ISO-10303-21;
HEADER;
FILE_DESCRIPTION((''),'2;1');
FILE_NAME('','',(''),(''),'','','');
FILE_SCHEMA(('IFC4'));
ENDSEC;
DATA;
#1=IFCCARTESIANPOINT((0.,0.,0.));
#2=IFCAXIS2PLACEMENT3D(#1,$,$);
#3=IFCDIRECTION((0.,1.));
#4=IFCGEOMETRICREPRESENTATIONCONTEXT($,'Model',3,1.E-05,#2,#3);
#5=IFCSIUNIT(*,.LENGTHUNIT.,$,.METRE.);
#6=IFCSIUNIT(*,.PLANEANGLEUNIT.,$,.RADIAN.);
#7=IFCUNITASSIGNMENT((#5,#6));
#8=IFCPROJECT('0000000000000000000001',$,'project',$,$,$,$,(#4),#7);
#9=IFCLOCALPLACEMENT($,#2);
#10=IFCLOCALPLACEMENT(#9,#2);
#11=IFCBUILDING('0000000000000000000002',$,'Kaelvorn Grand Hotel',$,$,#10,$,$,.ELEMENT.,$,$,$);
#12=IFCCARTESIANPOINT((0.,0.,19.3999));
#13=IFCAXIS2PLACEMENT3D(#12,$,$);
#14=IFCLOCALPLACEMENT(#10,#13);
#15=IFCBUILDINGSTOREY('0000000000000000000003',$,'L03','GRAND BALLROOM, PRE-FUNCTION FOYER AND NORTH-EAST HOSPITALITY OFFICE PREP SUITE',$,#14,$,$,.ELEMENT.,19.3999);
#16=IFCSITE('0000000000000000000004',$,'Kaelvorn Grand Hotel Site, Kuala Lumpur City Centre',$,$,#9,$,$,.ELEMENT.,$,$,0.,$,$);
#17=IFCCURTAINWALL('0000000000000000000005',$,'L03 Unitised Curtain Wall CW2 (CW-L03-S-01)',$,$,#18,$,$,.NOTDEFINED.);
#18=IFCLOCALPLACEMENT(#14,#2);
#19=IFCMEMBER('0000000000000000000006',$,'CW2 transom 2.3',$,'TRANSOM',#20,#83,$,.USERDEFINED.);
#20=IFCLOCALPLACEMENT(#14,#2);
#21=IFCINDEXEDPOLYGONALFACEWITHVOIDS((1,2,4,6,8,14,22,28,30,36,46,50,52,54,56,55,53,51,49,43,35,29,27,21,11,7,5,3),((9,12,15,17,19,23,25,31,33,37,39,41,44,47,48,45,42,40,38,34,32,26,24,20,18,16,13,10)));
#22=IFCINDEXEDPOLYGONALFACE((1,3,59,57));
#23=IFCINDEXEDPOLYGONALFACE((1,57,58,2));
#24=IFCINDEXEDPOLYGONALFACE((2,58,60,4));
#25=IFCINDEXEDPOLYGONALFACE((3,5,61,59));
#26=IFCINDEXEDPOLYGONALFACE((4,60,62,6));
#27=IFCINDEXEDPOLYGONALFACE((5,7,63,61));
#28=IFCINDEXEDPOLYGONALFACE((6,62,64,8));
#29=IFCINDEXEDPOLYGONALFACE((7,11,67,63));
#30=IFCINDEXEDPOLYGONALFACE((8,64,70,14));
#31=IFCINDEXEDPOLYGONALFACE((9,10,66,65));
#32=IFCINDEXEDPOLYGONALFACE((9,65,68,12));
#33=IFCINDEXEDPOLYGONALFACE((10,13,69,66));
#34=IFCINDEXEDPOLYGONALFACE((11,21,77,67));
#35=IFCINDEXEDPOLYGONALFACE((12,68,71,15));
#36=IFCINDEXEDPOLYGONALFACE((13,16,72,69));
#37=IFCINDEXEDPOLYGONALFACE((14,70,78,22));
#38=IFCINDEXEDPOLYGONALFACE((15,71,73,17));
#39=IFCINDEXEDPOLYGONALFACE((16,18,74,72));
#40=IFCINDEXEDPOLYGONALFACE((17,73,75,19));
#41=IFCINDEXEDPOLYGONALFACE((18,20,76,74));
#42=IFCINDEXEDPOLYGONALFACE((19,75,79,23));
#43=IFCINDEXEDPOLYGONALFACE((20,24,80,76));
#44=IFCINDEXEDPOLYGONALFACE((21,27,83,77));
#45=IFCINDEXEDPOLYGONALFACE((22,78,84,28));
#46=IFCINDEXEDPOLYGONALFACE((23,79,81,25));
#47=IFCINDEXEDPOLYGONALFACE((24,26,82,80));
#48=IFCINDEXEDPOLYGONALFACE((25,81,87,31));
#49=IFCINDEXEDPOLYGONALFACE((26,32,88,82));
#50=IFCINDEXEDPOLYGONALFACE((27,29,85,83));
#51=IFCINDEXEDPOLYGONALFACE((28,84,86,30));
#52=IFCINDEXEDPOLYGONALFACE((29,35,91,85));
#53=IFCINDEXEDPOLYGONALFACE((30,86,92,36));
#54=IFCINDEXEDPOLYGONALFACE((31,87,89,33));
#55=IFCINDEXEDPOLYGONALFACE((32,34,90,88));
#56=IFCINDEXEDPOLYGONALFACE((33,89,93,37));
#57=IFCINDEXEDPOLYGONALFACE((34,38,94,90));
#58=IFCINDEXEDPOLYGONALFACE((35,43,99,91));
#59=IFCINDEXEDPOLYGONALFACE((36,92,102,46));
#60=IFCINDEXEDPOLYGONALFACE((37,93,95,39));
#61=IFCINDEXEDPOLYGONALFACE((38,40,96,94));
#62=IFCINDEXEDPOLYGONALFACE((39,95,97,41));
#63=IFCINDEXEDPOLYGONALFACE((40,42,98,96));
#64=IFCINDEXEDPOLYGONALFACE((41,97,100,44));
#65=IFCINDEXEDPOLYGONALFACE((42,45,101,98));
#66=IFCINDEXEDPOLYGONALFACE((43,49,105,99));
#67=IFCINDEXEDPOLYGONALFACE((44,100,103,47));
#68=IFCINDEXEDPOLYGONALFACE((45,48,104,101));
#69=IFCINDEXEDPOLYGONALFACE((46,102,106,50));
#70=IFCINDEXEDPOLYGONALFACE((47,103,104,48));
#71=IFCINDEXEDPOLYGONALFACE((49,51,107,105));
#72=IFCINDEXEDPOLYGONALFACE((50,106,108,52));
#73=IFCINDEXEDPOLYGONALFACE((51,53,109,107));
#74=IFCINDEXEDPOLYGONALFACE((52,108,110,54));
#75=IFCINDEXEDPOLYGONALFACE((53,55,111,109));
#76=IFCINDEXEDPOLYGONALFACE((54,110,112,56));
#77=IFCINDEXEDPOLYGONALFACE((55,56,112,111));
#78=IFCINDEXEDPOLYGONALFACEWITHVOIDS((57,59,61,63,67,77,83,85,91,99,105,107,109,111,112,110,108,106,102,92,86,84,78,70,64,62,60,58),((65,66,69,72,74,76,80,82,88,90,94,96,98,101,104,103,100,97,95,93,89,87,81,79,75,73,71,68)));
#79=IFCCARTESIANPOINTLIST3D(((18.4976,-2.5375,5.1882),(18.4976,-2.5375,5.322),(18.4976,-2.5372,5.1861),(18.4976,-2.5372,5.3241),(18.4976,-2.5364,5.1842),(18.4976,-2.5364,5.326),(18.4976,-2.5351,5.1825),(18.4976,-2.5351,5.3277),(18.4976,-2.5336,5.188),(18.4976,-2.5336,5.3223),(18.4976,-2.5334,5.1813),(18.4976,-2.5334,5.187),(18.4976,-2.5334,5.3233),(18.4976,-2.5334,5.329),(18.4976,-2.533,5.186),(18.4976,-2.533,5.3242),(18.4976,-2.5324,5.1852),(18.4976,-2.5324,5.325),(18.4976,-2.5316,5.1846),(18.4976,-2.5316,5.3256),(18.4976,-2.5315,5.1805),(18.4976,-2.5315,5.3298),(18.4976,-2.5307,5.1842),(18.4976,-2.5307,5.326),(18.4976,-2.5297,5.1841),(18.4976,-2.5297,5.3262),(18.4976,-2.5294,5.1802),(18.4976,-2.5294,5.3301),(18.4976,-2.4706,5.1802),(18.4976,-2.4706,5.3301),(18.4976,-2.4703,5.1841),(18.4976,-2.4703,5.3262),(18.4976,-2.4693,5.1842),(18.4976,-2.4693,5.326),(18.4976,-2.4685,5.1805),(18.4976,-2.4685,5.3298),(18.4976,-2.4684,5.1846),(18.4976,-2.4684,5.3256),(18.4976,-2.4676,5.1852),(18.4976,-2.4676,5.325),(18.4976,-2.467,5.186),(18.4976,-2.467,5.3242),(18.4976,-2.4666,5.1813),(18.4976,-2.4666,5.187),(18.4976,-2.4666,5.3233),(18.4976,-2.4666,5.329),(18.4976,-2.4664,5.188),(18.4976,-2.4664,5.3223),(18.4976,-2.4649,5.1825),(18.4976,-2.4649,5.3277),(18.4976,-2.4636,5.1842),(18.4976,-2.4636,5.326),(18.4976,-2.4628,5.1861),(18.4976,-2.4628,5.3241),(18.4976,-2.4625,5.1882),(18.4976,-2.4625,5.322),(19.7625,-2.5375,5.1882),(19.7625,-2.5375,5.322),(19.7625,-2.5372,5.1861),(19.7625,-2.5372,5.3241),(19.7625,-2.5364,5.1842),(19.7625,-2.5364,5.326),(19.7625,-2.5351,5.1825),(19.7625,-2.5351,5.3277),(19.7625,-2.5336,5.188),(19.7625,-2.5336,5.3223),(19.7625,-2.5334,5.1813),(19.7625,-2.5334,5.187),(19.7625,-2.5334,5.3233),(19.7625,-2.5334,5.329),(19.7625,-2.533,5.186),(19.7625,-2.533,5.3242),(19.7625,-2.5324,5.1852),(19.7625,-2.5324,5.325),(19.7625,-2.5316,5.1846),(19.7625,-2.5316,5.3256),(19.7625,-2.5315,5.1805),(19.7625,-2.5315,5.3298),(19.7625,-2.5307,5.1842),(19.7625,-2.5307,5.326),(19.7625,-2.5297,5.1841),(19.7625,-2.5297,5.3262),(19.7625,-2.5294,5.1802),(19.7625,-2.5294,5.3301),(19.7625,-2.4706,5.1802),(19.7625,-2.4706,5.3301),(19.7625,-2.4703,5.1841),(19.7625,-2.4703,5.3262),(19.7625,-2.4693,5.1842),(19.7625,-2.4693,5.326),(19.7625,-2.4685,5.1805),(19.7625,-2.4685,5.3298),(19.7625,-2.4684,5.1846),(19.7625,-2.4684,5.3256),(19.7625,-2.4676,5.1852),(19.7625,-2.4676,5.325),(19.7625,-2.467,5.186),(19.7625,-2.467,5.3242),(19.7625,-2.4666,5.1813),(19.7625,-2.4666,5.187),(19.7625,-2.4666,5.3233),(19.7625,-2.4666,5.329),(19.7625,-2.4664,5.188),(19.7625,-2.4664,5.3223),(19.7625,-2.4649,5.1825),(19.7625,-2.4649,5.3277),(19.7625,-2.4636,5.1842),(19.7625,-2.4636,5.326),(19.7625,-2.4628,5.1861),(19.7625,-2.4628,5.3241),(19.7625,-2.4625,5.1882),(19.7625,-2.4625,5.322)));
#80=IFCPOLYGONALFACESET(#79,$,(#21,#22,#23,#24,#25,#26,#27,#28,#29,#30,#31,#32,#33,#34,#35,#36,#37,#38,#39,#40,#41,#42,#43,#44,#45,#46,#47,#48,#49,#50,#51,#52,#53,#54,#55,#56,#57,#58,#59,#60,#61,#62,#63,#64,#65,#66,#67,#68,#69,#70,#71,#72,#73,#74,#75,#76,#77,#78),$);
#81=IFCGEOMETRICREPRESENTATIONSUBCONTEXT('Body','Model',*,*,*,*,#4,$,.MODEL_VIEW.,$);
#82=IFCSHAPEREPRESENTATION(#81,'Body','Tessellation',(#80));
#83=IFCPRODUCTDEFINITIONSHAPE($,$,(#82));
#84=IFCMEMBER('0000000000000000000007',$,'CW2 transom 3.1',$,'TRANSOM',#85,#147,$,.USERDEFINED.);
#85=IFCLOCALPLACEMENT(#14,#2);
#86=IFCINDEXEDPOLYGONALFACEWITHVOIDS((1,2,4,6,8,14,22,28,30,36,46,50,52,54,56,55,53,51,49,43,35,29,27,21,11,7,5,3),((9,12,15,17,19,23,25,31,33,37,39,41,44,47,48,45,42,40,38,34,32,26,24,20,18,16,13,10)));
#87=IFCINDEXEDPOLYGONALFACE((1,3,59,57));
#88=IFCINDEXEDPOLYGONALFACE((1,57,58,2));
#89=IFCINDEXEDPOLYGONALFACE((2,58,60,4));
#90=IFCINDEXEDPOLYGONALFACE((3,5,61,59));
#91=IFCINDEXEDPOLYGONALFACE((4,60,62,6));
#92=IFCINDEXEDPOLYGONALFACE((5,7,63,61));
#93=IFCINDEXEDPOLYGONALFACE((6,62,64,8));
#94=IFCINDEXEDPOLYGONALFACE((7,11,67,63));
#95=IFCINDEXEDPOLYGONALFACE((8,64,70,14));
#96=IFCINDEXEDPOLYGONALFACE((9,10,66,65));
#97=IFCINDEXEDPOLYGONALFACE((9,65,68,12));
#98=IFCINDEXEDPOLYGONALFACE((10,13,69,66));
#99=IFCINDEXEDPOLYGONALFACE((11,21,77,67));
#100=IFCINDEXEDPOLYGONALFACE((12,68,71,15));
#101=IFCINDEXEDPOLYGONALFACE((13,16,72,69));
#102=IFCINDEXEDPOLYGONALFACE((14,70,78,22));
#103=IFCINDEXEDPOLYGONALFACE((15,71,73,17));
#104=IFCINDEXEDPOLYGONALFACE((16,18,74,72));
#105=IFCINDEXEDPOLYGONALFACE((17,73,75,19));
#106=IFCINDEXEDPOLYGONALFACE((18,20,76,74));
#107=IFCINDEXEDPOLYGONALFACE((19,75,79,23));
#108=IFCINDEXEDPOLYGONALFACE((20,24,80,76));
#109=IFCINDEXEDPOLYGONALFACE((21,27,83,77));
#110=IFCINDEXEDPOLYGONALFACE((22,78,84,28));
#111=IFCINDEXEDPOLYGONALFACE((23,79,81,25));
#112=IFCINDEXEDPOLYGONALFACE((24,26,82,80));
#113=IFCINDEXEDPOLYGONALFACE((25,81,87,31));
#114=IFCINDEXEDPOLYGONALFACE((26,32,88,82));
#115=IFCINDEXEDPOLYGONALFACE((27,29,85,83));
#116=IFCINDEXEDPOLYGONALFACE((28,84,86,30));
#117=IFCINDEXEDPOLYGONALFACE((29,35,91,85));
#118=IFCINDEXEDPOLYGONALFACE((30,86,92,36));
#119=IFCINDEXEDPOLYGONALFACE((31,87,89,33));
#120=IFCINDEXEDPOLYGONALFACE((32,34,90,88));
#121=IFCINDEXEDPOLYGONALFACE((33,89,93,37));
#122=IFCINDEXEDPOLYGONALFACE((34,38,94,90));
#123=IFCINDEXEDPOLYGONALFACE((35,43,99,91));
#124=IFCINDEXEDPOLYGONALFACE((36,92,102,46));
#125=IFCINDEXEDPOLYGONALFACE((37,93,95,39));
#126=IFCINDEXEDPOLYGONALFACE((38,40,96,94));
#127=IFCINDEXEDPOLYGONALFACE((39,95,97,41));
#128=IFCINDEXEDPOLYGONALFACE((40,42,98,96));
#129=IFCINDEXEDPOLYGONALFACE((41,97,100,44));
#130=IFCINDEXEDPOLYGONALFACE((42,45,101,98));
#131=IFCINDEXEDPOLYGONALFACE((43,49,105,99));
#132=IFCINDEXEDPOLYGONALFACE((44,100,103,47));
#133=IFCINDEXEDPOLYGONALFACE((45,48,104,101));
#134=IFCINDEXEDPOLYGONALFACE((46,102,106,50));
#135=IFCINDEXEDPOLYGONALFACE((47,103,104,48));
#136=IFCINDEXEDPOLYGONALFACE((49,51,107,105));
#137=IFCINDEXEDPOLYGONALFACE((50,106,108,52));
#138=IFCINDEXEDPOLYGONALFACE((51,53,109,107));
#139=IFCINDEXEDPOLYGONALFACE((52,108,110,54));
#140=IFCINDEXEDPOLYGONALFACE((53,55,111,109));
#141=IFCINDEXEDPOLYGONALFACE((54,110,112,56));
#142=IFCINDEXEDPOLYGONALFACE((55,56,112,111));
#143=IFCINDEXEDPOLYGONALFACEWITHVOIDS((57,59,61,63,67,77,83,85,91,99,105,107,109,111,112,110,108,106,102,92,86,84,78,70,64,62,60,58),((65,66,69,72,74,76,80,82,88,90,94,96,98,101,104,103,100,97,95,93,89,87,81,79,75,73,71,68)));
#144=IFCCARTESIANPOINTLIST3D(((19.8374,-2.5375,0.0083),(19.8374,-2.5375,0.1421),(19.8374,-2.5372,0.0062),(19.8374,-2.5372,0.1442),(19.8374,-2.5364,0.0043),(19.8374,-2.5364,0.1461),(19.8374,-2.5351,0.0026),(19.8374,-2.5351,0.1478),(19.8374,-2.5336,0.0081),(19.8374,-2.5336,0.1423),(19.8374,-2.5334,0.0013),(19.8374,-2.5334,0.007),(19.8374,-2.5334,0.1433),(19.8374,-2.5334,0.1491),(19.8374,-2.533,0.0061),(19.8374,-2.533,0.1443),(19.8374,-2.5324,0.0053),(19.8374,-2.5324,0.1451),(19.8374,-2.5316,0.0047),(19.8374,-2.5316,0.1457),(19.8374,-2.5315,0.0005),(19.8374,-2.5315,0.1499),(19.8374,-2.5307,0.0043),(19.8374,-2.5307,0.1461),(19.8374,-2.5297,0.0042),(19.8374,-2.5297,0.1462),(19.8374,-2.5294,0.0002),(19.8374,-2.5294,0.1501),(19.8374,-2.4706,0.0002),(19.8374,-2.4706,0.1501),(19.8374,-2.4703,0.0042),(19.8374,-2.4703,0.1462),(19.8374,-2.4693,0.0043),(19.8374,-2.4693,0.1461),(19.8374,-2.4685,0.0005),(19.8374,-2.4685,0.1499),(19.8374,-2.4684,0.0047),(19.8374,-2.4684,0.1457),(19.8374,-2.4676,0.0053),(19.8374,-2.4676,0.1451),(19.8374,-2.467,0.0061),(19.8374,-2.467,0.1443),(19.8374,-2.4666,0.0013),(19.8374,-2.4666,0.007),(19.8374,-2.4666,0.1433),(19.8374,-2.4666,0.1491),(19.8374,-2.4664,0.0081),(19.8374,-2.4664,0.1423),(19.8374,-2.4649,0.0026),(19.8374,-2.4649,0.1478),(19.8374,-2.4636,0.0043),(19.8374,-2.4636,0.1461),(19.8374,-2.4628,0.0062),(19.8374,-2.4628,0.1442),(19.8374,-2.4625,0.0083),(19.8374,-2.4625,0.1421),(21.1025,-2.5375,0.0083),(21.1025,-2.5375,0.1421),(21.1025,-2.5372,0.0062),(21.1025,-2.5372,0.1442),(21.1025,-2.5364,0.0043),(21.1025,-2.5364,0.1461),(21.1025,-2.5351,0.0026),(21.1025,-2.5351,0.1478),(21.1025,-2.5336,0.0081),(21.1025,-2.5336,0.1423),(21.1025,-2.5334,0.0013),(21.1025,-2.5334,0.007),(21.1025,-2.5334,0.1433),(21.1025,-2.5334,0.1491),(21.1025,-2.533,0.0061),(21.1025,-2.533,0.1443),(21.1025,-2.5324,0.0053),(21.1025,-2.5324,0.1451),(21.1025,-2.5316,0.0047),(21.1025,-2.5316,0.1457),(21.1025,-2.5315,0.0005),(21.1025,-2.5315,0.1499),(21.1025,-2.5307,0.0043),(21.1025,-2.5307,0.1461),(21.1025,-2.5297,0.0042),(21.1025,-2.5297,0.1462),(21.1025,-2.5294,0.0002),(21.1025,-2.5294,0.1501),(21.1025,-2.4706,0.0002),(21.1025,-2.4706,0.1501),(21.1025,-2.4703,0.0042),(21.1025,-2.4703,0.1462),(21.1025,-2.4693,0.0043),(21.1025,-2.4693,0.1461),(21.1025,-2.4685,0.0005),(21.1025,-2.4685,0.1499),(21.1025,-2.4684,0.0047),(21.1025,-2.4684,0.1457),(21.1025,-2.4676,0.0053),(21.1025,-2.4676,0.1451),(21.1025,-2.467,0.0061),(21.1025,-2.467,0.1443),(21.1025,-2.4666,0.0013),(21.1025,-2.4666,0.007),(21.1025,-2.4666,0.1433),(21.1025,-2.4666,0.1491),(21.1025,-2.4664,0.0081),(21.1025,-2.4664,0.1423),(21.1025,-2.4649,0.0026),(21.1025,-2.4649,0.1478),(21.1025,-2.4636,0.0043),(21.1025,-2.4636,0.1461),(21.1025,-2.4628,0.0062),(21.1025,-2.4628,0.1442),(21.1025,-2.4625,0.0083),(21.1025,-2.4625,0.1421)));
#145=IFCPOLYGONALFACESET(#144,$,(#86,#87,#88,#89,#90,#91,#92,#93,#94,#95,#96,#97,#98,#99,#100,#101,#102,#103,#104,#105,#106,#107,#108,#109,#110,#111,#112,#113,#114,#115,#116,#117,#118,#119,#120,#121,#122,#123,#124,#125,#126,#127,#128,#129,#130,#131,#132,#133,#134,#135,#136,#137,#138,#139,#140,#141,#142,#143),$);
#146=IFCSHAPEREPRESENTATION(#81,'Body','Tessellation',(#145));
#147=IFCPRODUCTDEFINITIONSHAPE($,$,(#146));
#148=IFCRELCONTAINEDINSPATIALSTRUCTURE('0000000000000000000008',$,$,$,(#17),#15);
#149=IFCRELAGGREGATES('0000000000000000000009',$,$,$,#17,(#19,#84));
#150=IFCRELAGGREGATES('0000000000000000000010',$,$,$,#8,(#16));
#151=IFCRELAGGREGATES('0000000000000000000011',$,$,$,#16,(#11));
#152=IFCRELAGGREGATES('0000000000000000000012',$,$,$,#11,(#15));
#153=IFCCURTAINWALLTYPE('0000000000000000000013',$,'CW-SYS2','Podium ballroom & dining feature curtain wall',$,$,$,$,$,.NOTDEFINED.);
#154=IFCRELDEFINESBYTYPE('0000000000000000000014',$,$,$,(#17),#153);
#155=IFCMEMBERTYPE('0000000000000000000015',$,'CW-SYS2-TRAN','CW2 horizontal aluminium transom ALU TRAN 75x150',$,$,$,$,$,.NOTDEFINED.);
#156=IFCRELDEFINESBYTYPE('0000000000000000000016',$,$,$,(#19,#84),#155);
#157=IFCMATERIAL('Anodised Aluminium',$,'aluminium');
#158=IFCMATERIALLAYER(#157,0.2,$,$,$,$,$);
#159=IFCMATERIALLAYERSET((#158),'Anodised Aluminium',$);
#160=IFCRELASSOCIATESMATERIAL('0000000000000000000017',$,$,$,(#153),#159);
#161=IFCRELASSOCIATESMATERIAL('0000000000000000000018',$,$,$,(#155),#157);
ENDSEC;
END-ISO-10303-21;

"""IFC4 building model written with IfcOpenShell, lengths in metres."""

from ifc_helpers import new_model, si_unit, direction, frame, origin, origin_2d, place, context, subcontext, project, spatial, hollow_rectangle, extrude, material, layer, layer_set, material_profile, profile_set, type_object, element, aggregate, save


model = new_model("IFC4")

# Units and contexts
model_context = context("Model", 3, precision=1e-05, world=origin(), true_north=direction((0.0, 1.0)))
body_context = subcontext(model_context, "Body", "Model", "MODEL_VIEW")
ifc_project = project(units=[si_unit("LENGTHUNIT", "METRE"), si_unit("PLANEANGLEUNIT", "RADIAN")], contexts=[model_context])

# Site, building, storey
site_placement = place(None, origin())
site = spatial("IfcSite", under=ifc_project, at=site_placement, Name="Kaelvorn Grand Hotel Site, Kuala Lumpur City Centre", CompositionType="ELEMENT", RefElevation=0.0)
building_placement = place(site_placement, origin())
building = spatial("IfcBuilding", under=site, at=building_placement, Name="Kaelvorn Grand Hotel", CompositionType="ELEMENT")
storey_placement = place(building_placement, frame((0.0, 0.0, 19.3999)))
storey = spatial("IfcBuildingStorey", under=building, at=storey_placement, Name="L03", Description="GRAND BALLROOM, PRE-FUNCTION FOYER AND NORTH-EAST HOSPITALITY OFFICE PREP SUITE", CompositionType="ELEMENT", Elevation=19.3999)

# Curtain wall, members
ifc_material_1 = material(Name="Anodised Aluminium", Category="aluminium")
ifc_layer_1 = layer(ifc_material_1, 0.2)
ifc_layer_set_1 = layer_set([ifc_layer_1], Name="Anodised Aluminium")
curtain_wall_type = type_object("IfcCurtainWallType", Name="CW-SYS2", Description="Podium ballroom & dining feature curtain wall", PredefinedType="NOTDEFINED", material=ifc_layer_set_1)
curtain_wall_placement = place(storey_placement, origin())
curtain_wall = element("IfcCurtainWall", 1, at=curtain_wall_placement, inside=storey, type_object=curtain_wall_type, Name="L03 Unitised Curtain Wall CW2 (CW-L03-S-01)", PredefinedType="NOTDEFINED")
ifc_material_profile_1 = material_profile(ifc_material_1, hollow_rectangle(XDim=0.075, YDim=0.1499, WallThickness=0.0039, InnerFilletRadius=0.0039, OuterFilletRadius=0.0081, at=origin_2d()), Name="ALU TRAN 75x150")
ifc_profile_set_1 = profile_set([ifc_material_profile_1], Name="Anodised Aluminium")
member_type_1 = type_object("IfcMemberType", Name="CW-SYS2-TRAN", Description="CW2 horizontal aluminium transom ALU TRAN 75x150", PredefinedType="NOTDEFINED", material=ifc_profile_set_1)
member_1_placement = place(storey_placement, frame((18.4976, -2.5, 5.2551), z_axis=(1.0, 0.0, 0.0), x_axis=(0.0, 1.0, 0.0)))
member_1 = element("IfcMember", 2, at=member_1_placement, type_object=member_type_1, Name="CW2 transom 2.3", ObjectType="TRANSOM", PredefinedType="USERDEFINED", context=body_context, shape_type="SweptSolid", body=[
    extrude(hollow_rectangle(XDim=0.075, YDim=0.1499, WallThickness=0.0039, InnerFilletRadius=0.0039, OuterFilletRadius=0.0081, at=origin_2d()), origin(), (0.0, 0.0, 1.0), 1.2649),
])
member_2_placement = place(storey_placement, frame((19.8374, -2.5, 0.0752), z_axis=(1.0, 0.0, 0.0), x_axis=(0.0, 1.0, 0.0)))
member_2 = element("IfcMember", 3, at=member_2_placement, type_object=member_type_1, Name="CW2 transom 3.1", ObjectType="TRANSOM", PredefinedType="USERDEFINED", context=body_context, shape_type="SweptSolid", body=[
    extrude(hollow_rectangle(XDim=0.075, YDim=0.1499, WallThickness=0.0039, InnerFilletRadius=0.0039, OuterFilletRadius=0.0081, at=origin_2d()), origin(), (0.0, 0.0, 1.0), 1.2651),
])
aggregate(curtain_wall, [member_1, member_2])

save(model, "model.ifc")
